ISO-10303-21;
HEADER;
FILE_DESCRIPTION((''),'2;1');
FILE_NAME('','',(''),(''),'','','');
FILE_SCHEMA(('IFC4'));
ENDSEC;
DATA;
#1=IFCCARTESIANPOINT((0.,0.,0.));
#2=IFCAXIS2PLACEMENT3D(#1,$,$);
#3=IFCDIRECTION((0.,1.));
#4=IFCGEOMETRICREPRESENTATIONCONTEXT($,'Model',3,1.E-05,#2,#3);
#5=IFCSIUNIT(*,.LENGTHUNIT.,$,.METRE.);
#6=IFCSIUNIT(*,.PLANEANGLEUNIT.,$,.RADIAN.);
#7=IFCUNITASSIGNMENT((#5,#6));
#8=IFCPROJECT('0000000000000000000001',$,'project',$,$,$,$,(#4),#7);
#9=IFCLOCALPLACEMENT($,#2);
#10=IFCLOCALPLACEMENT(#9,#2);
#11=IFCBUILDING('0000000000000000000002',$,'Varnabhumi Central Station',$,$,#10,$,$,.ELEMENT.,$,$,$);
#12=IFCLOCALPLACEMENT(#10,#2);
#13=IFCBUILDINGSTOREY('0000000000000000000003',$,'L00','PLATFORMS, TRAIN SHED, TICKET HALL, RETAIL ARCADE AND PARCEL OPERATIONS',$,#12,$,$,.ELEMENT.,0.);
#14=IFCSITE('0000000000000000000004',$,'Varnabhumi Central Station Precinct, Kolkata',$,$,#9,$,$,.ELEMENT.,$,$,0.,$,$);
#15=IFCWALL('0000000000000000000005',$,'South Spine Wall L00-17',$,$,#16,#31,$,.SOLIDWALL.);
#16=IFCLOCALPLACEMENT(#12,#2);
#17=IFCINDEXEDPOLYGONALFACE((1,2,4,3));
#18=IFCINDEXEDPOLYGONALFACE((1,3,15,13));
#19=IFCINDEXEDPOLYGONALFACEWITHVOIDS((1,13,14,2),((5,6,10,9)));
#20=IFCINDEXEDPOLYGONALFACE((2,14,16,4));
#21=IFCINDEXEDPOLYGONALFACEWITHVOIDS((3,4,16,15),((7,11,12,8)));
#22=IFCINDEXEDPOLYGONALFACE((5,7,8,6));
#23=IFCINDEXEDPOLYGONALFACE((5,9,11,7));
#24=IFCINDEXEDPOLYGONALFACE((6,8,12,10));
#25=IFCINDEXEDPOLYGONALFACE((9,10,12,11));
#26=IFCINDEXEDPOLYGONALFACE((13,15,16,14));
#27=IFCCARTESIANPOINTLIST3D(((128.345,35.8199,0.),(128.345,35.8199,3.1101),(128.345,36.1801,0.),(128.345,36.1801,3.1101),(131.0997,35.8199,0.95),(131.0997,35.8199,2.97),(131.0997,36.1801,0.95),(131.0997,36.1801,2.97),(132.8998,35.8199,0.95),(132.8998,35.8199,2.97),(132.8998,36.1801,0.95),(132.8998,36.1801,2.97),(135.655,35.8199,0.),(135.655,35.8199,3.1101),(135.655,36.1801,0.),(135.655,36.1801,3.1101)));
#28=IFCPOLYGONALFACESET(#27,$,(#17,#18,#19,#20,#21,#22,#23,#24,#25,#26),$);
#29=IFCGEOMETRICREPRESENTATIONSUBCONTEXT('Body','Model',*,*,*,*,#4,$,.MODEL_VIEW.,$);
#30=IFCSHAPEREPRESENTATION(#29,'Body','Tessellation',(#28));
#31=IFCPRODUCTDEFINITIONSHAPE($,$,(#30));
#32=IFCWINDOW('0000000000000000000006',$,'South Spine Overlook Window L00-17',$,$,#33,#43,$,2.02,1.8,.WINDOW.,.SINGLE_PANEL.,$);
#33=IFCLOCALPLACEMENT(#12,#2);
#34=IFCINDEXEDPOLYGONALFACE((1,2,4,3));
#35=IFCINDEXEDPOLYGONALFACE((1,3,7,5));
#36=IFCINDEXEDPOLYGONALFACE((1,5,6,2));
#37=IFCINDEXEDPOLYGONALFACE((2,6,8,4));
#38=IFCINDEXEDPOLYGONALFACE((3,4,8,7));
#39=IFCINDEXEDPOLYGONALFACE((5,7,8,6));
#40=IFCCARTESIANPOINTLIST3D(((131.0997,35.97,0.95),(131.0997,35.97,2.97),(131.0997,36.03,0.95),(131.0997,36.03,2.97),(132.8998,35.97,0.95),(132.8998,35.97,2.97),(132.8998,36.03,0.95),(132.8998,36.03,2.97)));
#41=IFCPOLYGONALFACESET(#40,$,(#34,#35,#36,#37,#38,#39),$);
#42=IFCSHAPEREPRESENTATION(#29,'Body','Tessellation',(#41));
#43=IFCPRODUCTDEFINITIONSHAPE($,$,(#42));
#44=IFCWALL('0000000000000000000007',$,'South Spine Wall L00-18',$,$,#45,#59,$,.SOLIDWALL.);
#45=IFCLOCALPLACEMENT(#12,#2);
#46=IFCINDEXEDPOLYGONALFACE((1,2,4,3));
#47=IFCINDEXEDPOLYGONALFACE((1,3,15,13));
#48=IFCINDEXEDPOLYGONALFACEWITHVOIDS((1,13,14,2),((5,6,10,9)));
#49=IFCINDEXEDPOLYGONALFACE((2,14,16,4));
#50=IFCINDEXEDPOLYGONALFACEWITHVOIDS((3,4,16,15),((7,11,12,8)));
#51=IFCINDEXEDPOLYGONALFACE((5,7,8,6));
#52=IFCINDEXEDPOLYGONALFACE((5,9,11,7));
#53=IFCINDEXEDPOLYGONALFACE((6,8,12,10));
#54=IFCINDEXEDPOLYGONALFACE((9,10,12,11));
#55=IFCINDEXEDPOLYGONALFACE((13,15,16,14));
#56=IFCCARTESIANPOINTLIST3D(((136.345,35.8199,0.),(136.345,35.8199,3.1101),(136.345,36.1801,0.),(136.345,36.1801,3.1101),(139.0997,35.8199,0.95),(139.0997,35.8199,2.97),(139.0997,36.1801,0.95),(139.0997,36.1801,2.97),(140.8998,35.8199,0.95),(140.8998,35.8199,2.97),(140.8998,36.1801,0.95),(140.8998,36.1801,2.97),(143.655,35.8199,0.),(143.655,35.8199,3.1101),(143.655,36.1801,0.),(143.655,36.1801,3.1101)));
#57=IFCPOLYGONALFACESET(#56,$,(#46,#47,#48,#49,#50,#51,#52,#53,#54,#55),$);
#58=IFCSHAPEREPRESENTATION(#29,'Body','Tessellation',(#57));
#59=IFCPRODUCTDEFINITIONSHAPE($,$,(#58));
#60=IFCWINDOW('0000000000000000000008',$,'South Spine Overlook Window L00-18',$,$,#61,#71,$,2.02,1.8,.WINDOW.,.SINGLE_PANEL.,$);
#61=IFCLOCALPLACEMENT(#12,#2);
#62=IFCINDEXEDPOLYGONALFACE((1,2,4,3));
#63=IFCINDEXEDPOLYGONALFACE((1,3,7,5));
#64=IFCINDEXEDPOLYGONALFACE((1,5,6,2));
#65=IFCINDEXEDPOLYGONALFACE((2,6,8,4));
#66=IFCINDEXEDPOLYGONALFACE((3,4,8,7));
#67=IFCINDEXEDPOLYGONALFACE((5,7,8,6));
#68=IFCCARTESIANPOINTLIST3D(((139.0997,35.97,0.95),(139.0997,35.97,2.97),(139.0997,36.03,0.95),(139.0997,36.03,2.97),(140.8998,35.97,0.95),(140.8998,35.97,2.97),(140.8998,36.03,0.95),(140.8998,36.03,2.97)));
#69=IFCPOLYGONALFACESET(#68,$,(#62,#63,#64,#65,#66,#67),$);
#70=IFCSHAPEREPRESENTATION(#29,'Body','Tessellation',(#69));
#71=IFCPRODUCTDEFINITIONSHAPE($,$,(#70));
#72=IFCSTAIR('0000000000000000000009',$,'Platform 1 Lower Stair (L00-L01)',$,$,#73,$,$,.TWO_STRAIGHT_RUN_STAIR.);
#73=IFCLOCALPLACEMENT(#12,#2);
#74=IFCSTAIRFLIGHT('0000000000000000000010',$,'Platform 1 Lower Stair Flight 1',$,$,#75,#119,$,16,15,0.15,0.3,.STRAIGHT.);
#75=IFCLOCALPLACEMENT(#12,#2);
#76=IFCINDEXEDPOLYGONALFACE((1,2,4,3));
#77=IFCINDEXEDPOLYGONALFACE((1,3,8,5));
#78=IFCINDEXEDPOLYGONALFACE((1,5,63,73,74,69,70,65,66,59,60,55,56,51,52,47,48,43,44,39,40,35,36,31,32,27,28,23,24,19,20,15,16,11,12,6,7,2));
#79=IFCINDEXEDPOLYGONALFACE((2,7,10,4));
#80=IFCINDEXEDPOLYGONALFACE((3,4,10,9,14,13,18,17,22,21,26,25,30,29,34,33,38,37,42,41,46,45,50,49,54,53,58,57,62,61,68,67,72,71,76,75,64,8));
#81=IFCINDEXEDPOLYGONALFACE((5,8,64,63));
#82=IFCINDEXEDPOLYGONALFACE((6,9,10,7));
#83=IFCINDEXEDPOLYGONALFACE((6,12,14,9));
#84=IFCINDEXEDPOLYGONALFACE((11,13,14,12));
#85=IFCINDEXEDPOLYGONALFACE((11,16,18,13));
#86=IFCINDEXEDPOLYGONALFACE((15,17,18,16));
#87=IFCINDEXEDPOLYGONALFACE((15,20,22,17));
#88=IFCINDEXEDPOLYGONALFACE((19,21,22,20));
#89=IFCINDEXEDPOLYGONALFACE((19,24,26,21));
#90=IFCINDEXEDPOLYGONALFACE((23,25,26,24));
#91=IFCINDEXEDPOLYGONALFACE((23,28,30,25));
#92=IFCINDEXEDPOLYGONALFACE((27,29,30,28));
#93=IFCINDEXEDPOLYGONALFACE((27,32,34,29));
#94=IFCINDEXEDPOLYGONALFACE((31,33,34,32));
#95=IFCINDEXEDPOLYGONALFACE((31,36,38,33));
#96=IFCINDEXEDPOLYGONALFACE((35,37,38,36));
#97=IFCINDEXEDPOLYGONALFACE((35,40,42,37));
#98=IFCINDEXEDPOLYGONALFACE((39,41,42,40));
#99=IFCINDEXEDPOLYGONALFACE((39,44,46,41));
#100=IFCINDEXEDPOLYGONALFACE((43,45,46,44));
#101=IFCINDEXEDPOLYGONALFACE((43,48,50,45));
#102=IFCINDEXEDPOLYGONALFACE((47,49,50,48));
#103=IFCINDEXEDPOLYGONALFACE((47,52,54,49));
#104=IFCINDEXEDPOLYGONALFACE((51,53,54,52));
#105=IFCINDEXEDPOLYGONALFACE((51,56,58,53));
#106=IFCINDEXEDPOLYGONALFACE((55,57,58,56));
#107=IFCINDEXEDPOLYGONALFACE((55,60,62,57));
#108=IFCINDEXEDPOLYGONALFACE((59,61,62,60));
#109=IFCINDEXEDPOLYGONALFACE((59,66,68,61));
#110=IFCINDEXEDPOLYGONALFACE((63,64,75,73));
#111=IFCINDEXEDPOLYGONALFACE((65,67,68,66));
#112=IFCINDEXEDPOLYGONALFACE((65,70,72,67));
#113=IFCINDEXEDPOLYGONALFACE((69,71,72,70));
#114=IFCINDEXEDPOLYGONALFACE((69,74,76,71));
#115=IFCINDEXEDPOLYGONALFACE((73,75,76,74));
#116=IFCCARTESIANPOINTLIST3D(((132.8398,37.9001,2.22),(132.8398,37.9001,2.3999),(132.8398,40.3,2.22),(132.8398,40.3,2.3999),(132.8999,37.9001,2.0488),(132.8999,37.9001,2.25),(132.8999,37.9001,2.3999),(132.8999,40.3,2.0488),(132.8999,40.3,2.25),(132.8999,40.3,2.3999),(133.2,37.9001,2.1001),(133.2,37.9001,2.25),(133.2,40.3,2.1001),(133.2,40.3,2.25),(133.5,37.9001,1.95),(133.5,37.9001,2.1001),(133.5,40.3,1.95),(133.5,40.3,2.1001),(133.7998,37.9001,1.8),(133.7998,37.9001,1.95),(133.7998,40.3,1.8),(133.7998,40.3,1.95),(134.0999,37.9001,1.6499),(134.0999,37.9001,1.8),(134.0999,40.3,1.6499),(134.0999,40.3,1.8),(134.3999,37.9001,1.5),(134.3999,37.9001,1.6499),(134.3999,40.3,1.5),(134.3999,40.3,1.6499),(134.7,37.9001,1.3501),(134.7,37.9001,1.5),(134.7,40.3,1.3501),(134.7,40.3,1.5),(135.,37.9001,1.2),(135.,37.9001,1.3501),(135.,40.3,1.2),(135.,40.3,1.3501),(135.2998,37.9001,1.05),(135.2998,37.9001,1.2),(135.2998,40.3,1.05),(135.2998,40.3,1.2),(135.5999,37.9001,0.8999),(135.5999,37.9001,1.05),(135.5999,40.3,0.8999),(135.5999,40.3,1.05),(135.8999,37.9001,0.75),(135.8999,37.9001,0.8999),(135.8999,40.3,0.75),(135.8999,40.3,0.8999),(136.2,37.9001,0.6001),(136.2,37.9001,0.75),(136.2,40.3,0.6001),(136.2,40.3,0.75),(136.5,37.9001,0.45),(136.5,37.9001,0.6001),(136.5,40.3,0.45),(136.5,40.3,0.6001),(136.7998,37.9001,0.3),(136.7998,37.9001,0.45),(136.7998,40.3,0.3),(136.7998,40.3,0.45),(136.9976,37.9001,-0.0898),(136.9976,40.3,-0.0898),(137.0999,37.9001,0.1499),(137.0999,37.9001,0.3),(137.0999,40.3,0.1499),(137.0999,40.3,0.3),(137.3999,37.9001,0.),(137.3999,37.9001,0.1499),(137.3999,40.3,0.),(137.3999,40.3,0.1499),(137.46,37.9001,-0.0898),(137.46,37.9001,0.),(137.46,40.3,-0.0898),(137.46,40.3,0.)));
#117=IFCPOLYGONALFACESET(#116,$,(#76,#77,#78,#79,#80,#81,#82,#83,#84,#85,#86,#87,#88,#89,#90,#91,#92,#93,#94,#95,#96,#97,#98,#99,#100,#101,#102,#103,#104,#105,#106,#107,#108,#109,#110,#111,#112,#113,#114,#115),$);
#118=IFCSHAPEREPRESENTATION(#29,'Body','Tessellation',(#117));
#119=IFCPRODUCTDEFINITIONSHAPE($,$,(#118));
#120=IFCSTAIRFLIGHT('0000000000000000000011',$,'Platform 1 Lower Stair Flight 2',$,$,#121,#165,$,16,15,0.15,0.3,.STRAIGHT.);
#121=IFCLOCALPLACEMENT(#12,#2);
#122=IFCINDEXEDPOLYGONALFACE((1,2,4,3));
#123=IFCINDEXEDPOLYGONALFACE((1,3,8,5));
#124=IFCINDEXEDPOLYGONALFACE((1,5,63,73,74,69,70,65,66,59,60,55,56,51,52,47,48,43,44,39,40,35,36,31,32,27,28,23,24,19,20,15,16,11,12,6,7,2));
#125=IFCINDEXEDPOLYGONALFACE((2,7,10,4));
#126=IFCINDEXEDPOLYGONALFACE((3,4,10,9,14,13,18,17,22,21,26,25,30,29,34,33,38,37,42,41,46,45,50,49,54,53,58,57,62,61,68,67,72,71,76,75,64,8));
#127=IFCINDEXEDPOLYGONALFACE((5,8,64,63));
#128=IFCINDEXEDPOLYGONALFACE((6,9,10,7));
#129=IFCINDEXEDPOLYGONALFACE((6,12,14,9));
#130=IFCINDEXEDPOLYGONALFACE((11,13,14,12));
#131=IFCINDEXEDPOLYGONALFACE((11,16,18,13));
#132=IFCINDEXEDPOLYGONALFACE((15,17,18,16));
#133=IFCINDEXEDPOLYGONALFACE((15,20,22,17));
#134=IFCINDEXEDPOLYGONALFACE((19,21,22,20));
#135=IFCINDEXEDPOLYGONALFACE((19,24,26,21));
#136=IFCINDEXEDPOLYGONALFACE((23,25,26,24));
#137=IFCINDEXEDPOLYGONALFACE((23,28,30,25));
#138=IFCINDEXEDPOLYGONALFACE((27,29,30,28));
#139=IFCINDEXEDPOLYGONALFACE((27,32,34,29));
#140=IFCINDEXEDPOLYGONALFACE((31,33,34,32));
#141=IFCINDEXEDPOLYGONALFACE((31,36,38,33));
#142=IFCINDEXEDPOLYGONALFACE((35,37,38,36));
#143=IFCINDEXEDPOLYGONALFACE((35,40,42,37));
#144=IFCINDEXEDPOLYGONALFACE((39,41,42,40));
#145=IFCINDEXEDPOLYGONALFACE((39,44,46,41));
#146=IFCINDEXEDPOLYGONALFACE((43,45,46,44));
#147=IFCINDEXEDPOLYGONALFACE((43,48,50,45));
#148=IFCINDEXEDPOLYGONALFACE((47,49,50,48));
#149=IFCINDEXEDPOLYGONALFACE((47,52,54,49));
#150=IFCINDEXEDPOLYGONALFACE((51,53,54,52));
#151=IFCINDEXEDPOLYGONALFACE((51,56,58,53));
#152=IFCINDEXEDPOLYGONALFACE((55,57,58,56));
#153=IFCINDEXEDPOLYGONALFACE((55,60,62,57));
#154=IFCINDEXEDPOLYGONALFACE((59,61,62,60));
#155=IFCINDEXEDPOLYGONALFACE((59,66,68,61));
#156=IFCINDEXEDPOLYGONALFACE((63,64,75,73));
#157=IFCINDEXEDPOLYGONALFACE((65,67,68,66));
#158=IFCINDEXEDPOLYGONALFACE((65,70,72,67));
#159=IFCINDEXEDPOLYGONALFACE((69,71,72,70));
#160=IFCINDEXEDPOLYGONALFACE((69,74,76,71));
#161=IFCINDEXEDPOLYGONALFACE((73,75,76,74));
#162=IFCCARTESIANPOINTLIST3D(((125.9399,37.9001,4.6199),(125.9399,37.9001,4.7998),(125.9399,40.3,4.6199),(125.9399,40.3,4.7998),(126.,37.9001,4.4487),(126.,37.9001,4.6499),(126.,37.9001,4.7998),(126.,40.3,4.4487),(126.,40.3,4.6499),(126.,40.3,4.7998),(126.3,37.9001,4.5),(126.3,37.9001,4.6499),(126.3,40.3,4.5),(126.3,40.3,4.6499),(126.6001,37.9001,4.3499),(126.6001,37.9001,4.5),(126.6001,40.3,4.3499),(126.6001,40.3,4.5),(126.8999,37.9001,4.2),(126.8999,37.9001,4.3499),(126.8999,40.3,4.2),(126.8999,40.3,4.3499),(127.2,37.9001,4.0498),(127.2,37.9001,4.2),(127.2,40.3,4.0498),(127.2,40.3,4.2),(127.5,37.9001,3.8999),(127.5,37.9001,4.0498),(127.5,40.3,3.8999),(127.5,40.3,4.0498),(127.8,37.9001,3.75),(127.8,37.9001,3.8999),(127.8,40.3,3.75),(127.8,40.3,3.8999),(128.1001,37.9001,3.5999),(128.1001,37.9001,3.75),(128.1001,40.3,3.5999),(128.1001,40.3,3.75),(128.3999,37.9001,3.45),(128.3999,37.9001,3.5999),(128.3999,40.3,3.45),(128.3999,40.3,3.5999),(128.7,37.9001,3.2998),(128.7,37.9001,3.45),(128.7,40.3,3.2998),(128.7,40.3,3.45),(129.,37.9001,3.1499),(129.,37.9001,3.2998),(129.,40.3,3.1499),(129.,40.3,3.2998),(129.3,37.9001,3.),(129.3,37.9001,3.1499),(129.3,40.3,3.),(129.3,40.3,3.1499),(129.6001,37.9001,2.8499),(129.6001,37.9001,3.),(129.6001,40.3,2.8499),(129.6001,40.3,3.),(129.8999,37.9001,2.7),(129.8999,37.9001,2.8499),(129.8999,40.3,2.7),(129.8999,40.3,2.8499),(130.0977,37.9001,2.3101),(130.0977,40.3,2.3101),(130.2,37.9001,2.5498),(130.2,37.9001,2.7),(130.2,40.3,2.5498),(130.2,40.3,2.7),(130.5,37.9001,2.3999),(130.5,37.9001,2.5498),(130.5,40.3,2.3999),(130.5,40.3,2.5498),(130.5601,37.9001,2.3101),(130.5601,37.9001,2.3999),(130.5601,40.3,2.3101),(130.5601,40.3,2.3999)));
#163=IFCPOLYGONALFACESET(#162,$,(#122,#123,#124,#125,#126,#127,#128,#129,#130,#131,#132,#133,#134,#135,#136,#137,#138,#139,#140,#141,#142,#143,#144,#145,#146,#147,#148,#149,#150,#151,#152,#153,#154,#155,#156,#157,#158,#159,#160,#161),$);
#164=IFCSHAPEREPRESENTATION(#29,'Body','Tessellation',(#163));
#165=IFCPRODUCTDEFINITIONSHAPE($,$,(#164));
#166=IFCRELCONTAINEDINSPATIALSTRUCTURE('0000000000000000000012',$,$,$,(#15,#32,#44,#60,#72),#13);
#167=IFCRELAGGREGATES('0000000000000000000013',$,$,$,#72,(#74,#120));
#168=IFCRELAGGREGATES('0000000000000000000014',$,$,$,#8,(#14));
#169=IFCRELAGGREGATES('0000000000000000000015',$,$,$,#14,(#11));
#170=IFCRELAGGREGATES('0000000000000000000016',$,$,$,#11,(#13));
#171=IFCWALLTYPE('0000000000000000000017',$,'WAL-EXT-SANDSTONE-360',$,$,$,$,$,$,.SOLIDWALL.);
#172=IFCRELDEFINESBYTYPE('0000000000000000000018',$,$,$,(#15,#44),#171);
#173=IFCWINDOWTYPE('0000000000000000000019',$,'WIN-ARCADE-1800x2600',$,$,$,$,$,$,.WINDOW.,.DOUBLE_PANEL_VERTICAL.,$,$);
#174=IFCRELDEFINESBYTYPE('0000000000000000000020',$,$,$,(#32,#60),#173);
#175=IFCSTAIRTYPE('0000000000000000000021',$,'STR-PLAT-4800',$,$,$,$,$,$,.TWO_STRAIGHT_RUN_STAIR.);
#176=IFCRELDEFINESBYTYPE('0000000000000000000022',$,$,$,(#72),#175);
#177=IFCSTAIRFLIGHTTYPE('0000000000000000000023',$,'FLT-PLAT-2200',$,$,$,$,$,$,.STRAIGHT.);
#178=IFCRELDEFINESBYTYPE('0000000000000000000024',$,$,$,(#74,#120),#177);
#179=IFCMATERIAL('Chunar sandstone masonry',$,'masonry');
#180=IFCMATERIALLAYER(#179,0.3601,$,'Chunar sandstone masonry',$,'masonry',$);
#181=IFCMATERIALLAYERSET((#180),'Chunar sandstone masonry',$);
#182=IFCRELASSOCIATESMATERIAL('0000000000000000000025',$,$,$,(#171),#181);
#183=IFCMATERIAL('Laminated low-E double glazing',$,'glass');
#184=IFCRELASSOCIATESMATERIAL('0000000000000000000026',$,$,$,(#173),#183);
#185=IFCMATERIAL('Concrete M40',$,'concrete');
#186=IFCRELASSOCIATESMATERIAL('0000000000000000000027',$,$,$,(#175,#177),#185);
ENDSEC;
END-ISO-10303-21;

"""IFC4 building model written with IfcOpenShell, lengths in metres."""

from ifc_helpers import new_model, si_unit, direction, frame, frame_2d, origin, place, context, subcontext, project, spatial, polyline, rectangle, outline, extrude, material, layer, layer_set, type_object, element, fill, aggregate, save


model = new_model("IFC4")

# Units and contexts
model_context = context("Model", 3, precision=1e-05, world=origin(), true_north=direction((0.0, 1.0)))
body_context = subcontext(model_context, "Body", "Model", "MODEL_VIEW")
ifc_project = project(units=[si_unit("LENGTHUNIT", "METRE"), si_unit("PLANEANGLEUNIT", "RADIAN")], contexts=[model_context])

# Site, building, storey
site_placement = place(None, origin())
site = spatial("IfcSite", under=ifc_project, at=site_placement, Name="Varnabhumi Central Station Precinct, Kolkata", CompositionType="ELEMENT", RefElevation=0.0)
building_placement = place(site_placement, origin())
building = spatial("IfcBuilding", under=site, at=building_placement, Name="Varnabhumi Central Station", CompositionType="ELEMENT")
storey_placement = place(building_placement, origin())
storey = spatial("IfcBuildingStorey", under=building, at=storey_placement, Name="L00", Description="PLATFORMS, TRAIN SHED, TICKET HALL, RETAIL ARCADE AND PARCEL OPERATIONS", CompositionType="ELEMENT", Elevation=0.0)

# Shared definitions
ifc_material_1 = material(Name="Concrete M40", Category="concrete")

# Walls, openings, windows
ifc_material_2 = material(Name="Chunar sandstone masonry", Category="masonry")
ifc_layer_1 = layer(ifc_material_2, 0.3601, Name="Chunar sandstone masonry", Category="masonry")
ifc_layer_set_1 = layer_set([ifc_layer_1], Name="Chunar sandstone masonry")
wall_type = type_object("IfcWallType", Name="WAL-EXT-SANDSTONE-360", PredefinedType="SOLIDWALL", material=ifc_layer_set_1)
wall_1_placement = place(storey_placement, frame((128.345, 36.0, 0.0), z_axis=(0.0, 0.0, 1.0), x_axis=(1.0, 0.0, 0.0)))
wall_1 = element("IfcWall", 1, at=wall_1_placement, inside=storey, type_object=wall_type, Name="South Spine Wall L00-17", PredefinedType="SOLIDWALL", context=body_context, shape_type="SweptSolid", body=[
    extrude(rectangle(XDim=7.3101, YDim=0.3601, at=frame_2d((3.655, 0.0))), origin(), (0.0, 0.0, 1.0), 3.1101),
])
opening_1_placement = place(wall_1_placement, frame((2.7549, 0.0, 0.95)))
opening_1 = element("IfcOpeningElement", 2, at=opening_1_placement, cuts=wall_1, PredefinedType="OPENING", context=body_context, shape_type="SweptSolid", body=[
    extrude(rectangle(XDim=1.8, YDim=2.02, at=frame_2d((0.8999, 1.01))), frame((0.0, 0.1899, 0.0), z_axis=(0.0, -1.0, 0.0), x_axis=(1.0, 0.0, 0.0)), (0.0, 0.0, 1.0), 0.3801),
])
ifc_material_3 = material(Name="Laminated low-E double glazing", Category="glass")
window_type = type_object("IfcWindowType", Name="WIN-ARCADE-1800x2600", PartitioningType="DOUBLE_PANEL_VERTICAL", PredefinedType="WINDOW", material=ifc_material_3)
window_1_placement = place(opening_1_placement, origin())
window_1 = element("IfcWindow", 3, at=window_1_placement, inside=storey, type_object=window_type, Name="South Spine Overlook Window L00-17", OverallHeight=2.02, OverallWidth=1.8, PartitioningType="SINGLE_PANEL", PredefinedType="WINDOW", context=body_context, shape_type="SweptSolid", body=[
    extrude(rectangle(XDim=1.8, YDim=2.02, at=frame_2d((0.8999, 1.01))), frame((0.0, 0.03, 0.0), z_axis=(0.0, -1.0, 0.0), x_axis=(1.0, 0.0, 0.0)), (0.0, 0.0, 1.0), 0.0601),
])
fill(opening_1, window_1)
wall_2_placement = place(storey_placement, frame((136.345, 36.0, 0.0), z_axis=(0.0, 0.0, 1.0), x_axis=(1.0, 0.0, 0.0)))
wall_2 = element("IfcWall", 4, at=wall_2_placement, inside=storey, type_object=wall_type, Name="South Spine Wall L00-18", PredefinedType="SOLIDWALL", context=body_context, shape_type="SweptSolid", body=[
    extrude(rectangle(XDim=7.3101, YDim=0.3601, at=frame_2d((3.655, 0.0))), origin(), (0.0, 0.0, 1.0), 3.1101),
])
opening_2_placement = place(wall_2_placement, frame((2.7549, 0.0, 0.95)))
opening_2 = element("IfcOpeningElement", 5, at=opening_2_placement, cuts=wall_2, PredefinedType="OPENING", context=body_context, shape_type="SweptSolid", body=[
    extrude(rectangle(XDim=1.8, YDim=2.02, at=frame_2d((0.8999, 1.01))), frame((0.0, 0.1899, 0.0), z_axis=(0.0, -1.0, 0.0), x_axis=(1.0, 0.0, 0.0)), (0.0, 0.0, 1.0), 0.3801),
])
window_2_placement = place(opening_2_placement, origin())
window_2 = element("IfcWindow", 6, at=window_2_placement, inside=storey, type_object=window_type, Name="South Spine Overlook Window L00-18", OverallHeight=2.02, OverallWidth=1.8, PartitioningType="SINGLE_PANEL", PredefinedType="WINDOW", context=body_context, shape_type="SweptSolid", body=[
    extrude(rectangle(XDim=1.8, YDim=2.02, at=frame_2d((0.8999, 1.01))), frame((0.0, 0.03, 0.0), z_axis=(0.0, -1.0, 0.0), x_axis=(1.0, 0.0, 0.0)), (0.0, 0.0, 1.0), 0.0601),
])
fill(opening_2, window_2)

# Stair, stair flights
stair_type = type_object("IfcStairType", Name="STR-PLAT-4800", PredefinedType="TWO_STRAIGHT_RUN_STAIR", material=ifc_material_1)
stair_placement = place(storey_placement, origin())
stair = element("IfcStair", 7, at=stair_placement, inside=storey, type_object=stair_type, Name="Platform 1 Lower Stair (L00-L01)", PredefinedType="TWO_STRAIGHT_RUN_STAIR")
stair_flight_type = type_object("IfcStairFlightType", Name="FLT-PLAT-2200", PredefinedType="STRAIGHT", material=ifc_material_1)
stair_flight_1_placement = place(storey_placement, frame((137.3999, 39.1001, 0.0), z_axis=(0.0, 0.0, 1.0), x_axis=(-1.0, 0.0, 0.0)))
stair_flight_1 = element("IfcStairFlight", 8, at=stair_flight_1_placement, type_object=stair_flight_type, Name="Platform 1 Lower Stair Flight 1", NumberOfRisers=16, NumberOfTreads=15, PredefinedType="STRAIGHT", RiserHeight=0.15, TreadLength=0.3, context=body_context, shape_type="SweptSolid", body=[
    extrude(outline(polyline([(-0.0601, -0.0898), (-0.0601, 0.0), (0.0, 0.0), (0.0, 0.1499), (0.3, 0.1499), (0.3, 0.3), (0.6001, 0.3), (0.6001, 0.45), (0.8999, 0.45), (0.8999, 0.6001), (1.2, 0.6001), (1.2, 0.75), (1.5, 0.75), (1.5, 0.8999), (1.8, 0.8999), (1.8, 1.05), (2.1001, 1.05), (2.1001, 1.2), (2.3999, 1.2), (2.3999, 1.3501), (2.7, 1.3501), (2.7, 1.5), (3.0, 1.5), (3.0, 1.6499), (3.3, 1.6499), (3.3, 1.8), (3.6001, 1.8), (3.6001, 1.95), (3.8999, 1.95), (3.8999, 2.1001), (4.2, 2.1001), (4.2, 2.25), (4.5, 2.25), (4.5, 2.3999), (4.5601, 2.3999), (4.5601, 2.22), (4.5, 2.0488), (0.4023, -0.0898), (-0.0601, -0.0898)])), frame((0.0, 1.2, 0.0), z_axis=(0.0, -1.0, 0.0), x_axis=(1.0, 0.0, 0.0)), (0.0, 0.0, 1.0), 2.3999),
])
stair_flight_2_placement = place(storey_placement, frame((130.5, 39.1001, 2.3999), z_axis=(0.0, 0.0, 1.0), x_axis=(-1.0, 0.0, 0.0)))
stair_flight_2 = element("IfcStairFlight", 9, at=stair_flight_2_placement, type_object=stair_flight_type, Name="Platform 1 Lower Stair Flight 2", NumberOfRisers=16, NumberOfTreads=15, PredefinedType="STRAIGHT", RiserHeight=0.15, TreadLength=0.3, context=body_context, shape_type="SweptSolid", body=[
    extrude(outline(polyline([(-0.0601, -0.0898), (-0.0601, 0.0), (0.0, 0.0), (0.0, 0.1499), (0.3, 0.1499), (0.3, 0.3), (0.6001, 0.3), (0.6001, 0.45), (0.8999, 0.45), (0.8999, 0.6001), (1.2, 0.6001), (1.2, 0.75), (1.5, 0.75), (1.5, 0.8999), (1.8, 0.8999), (1.8, 1.05), (2.1001, 1.05), (2.1001, 1.2), (2.3999, 1.2), (2.3999, 1.3501), (2.7, 1.3501), (2.7, 1.5), (3.0, 1.5), (3.0, 1.6499), (3.3, 1.6499), (3.3, 1.8), (3.6001, 1.8), (3.6001, 1.95), (3.8999, 1.95), (3.8999, 2.1001), (4.2, 2.1001), (4.2, 2.25), (4.5, 2.25), (4.5, 2.3999), (4.5601, 2.3999), (4.5601, 2.22), (4.5, 2.0488), (0.4023, -0.0898), (-0.0601, -0.0898)])), frame((0.0, 1.2, 0.0), z_axis=(0.0, -1.0, 0.0), x_axis=(1.0, 0.0, 0.0)), (0.0, 0.0, 1.0), 2.3999),
])
aggregate(stair, [stair_flight_1, stair_flight_2])

save(model, "model.ifc")
